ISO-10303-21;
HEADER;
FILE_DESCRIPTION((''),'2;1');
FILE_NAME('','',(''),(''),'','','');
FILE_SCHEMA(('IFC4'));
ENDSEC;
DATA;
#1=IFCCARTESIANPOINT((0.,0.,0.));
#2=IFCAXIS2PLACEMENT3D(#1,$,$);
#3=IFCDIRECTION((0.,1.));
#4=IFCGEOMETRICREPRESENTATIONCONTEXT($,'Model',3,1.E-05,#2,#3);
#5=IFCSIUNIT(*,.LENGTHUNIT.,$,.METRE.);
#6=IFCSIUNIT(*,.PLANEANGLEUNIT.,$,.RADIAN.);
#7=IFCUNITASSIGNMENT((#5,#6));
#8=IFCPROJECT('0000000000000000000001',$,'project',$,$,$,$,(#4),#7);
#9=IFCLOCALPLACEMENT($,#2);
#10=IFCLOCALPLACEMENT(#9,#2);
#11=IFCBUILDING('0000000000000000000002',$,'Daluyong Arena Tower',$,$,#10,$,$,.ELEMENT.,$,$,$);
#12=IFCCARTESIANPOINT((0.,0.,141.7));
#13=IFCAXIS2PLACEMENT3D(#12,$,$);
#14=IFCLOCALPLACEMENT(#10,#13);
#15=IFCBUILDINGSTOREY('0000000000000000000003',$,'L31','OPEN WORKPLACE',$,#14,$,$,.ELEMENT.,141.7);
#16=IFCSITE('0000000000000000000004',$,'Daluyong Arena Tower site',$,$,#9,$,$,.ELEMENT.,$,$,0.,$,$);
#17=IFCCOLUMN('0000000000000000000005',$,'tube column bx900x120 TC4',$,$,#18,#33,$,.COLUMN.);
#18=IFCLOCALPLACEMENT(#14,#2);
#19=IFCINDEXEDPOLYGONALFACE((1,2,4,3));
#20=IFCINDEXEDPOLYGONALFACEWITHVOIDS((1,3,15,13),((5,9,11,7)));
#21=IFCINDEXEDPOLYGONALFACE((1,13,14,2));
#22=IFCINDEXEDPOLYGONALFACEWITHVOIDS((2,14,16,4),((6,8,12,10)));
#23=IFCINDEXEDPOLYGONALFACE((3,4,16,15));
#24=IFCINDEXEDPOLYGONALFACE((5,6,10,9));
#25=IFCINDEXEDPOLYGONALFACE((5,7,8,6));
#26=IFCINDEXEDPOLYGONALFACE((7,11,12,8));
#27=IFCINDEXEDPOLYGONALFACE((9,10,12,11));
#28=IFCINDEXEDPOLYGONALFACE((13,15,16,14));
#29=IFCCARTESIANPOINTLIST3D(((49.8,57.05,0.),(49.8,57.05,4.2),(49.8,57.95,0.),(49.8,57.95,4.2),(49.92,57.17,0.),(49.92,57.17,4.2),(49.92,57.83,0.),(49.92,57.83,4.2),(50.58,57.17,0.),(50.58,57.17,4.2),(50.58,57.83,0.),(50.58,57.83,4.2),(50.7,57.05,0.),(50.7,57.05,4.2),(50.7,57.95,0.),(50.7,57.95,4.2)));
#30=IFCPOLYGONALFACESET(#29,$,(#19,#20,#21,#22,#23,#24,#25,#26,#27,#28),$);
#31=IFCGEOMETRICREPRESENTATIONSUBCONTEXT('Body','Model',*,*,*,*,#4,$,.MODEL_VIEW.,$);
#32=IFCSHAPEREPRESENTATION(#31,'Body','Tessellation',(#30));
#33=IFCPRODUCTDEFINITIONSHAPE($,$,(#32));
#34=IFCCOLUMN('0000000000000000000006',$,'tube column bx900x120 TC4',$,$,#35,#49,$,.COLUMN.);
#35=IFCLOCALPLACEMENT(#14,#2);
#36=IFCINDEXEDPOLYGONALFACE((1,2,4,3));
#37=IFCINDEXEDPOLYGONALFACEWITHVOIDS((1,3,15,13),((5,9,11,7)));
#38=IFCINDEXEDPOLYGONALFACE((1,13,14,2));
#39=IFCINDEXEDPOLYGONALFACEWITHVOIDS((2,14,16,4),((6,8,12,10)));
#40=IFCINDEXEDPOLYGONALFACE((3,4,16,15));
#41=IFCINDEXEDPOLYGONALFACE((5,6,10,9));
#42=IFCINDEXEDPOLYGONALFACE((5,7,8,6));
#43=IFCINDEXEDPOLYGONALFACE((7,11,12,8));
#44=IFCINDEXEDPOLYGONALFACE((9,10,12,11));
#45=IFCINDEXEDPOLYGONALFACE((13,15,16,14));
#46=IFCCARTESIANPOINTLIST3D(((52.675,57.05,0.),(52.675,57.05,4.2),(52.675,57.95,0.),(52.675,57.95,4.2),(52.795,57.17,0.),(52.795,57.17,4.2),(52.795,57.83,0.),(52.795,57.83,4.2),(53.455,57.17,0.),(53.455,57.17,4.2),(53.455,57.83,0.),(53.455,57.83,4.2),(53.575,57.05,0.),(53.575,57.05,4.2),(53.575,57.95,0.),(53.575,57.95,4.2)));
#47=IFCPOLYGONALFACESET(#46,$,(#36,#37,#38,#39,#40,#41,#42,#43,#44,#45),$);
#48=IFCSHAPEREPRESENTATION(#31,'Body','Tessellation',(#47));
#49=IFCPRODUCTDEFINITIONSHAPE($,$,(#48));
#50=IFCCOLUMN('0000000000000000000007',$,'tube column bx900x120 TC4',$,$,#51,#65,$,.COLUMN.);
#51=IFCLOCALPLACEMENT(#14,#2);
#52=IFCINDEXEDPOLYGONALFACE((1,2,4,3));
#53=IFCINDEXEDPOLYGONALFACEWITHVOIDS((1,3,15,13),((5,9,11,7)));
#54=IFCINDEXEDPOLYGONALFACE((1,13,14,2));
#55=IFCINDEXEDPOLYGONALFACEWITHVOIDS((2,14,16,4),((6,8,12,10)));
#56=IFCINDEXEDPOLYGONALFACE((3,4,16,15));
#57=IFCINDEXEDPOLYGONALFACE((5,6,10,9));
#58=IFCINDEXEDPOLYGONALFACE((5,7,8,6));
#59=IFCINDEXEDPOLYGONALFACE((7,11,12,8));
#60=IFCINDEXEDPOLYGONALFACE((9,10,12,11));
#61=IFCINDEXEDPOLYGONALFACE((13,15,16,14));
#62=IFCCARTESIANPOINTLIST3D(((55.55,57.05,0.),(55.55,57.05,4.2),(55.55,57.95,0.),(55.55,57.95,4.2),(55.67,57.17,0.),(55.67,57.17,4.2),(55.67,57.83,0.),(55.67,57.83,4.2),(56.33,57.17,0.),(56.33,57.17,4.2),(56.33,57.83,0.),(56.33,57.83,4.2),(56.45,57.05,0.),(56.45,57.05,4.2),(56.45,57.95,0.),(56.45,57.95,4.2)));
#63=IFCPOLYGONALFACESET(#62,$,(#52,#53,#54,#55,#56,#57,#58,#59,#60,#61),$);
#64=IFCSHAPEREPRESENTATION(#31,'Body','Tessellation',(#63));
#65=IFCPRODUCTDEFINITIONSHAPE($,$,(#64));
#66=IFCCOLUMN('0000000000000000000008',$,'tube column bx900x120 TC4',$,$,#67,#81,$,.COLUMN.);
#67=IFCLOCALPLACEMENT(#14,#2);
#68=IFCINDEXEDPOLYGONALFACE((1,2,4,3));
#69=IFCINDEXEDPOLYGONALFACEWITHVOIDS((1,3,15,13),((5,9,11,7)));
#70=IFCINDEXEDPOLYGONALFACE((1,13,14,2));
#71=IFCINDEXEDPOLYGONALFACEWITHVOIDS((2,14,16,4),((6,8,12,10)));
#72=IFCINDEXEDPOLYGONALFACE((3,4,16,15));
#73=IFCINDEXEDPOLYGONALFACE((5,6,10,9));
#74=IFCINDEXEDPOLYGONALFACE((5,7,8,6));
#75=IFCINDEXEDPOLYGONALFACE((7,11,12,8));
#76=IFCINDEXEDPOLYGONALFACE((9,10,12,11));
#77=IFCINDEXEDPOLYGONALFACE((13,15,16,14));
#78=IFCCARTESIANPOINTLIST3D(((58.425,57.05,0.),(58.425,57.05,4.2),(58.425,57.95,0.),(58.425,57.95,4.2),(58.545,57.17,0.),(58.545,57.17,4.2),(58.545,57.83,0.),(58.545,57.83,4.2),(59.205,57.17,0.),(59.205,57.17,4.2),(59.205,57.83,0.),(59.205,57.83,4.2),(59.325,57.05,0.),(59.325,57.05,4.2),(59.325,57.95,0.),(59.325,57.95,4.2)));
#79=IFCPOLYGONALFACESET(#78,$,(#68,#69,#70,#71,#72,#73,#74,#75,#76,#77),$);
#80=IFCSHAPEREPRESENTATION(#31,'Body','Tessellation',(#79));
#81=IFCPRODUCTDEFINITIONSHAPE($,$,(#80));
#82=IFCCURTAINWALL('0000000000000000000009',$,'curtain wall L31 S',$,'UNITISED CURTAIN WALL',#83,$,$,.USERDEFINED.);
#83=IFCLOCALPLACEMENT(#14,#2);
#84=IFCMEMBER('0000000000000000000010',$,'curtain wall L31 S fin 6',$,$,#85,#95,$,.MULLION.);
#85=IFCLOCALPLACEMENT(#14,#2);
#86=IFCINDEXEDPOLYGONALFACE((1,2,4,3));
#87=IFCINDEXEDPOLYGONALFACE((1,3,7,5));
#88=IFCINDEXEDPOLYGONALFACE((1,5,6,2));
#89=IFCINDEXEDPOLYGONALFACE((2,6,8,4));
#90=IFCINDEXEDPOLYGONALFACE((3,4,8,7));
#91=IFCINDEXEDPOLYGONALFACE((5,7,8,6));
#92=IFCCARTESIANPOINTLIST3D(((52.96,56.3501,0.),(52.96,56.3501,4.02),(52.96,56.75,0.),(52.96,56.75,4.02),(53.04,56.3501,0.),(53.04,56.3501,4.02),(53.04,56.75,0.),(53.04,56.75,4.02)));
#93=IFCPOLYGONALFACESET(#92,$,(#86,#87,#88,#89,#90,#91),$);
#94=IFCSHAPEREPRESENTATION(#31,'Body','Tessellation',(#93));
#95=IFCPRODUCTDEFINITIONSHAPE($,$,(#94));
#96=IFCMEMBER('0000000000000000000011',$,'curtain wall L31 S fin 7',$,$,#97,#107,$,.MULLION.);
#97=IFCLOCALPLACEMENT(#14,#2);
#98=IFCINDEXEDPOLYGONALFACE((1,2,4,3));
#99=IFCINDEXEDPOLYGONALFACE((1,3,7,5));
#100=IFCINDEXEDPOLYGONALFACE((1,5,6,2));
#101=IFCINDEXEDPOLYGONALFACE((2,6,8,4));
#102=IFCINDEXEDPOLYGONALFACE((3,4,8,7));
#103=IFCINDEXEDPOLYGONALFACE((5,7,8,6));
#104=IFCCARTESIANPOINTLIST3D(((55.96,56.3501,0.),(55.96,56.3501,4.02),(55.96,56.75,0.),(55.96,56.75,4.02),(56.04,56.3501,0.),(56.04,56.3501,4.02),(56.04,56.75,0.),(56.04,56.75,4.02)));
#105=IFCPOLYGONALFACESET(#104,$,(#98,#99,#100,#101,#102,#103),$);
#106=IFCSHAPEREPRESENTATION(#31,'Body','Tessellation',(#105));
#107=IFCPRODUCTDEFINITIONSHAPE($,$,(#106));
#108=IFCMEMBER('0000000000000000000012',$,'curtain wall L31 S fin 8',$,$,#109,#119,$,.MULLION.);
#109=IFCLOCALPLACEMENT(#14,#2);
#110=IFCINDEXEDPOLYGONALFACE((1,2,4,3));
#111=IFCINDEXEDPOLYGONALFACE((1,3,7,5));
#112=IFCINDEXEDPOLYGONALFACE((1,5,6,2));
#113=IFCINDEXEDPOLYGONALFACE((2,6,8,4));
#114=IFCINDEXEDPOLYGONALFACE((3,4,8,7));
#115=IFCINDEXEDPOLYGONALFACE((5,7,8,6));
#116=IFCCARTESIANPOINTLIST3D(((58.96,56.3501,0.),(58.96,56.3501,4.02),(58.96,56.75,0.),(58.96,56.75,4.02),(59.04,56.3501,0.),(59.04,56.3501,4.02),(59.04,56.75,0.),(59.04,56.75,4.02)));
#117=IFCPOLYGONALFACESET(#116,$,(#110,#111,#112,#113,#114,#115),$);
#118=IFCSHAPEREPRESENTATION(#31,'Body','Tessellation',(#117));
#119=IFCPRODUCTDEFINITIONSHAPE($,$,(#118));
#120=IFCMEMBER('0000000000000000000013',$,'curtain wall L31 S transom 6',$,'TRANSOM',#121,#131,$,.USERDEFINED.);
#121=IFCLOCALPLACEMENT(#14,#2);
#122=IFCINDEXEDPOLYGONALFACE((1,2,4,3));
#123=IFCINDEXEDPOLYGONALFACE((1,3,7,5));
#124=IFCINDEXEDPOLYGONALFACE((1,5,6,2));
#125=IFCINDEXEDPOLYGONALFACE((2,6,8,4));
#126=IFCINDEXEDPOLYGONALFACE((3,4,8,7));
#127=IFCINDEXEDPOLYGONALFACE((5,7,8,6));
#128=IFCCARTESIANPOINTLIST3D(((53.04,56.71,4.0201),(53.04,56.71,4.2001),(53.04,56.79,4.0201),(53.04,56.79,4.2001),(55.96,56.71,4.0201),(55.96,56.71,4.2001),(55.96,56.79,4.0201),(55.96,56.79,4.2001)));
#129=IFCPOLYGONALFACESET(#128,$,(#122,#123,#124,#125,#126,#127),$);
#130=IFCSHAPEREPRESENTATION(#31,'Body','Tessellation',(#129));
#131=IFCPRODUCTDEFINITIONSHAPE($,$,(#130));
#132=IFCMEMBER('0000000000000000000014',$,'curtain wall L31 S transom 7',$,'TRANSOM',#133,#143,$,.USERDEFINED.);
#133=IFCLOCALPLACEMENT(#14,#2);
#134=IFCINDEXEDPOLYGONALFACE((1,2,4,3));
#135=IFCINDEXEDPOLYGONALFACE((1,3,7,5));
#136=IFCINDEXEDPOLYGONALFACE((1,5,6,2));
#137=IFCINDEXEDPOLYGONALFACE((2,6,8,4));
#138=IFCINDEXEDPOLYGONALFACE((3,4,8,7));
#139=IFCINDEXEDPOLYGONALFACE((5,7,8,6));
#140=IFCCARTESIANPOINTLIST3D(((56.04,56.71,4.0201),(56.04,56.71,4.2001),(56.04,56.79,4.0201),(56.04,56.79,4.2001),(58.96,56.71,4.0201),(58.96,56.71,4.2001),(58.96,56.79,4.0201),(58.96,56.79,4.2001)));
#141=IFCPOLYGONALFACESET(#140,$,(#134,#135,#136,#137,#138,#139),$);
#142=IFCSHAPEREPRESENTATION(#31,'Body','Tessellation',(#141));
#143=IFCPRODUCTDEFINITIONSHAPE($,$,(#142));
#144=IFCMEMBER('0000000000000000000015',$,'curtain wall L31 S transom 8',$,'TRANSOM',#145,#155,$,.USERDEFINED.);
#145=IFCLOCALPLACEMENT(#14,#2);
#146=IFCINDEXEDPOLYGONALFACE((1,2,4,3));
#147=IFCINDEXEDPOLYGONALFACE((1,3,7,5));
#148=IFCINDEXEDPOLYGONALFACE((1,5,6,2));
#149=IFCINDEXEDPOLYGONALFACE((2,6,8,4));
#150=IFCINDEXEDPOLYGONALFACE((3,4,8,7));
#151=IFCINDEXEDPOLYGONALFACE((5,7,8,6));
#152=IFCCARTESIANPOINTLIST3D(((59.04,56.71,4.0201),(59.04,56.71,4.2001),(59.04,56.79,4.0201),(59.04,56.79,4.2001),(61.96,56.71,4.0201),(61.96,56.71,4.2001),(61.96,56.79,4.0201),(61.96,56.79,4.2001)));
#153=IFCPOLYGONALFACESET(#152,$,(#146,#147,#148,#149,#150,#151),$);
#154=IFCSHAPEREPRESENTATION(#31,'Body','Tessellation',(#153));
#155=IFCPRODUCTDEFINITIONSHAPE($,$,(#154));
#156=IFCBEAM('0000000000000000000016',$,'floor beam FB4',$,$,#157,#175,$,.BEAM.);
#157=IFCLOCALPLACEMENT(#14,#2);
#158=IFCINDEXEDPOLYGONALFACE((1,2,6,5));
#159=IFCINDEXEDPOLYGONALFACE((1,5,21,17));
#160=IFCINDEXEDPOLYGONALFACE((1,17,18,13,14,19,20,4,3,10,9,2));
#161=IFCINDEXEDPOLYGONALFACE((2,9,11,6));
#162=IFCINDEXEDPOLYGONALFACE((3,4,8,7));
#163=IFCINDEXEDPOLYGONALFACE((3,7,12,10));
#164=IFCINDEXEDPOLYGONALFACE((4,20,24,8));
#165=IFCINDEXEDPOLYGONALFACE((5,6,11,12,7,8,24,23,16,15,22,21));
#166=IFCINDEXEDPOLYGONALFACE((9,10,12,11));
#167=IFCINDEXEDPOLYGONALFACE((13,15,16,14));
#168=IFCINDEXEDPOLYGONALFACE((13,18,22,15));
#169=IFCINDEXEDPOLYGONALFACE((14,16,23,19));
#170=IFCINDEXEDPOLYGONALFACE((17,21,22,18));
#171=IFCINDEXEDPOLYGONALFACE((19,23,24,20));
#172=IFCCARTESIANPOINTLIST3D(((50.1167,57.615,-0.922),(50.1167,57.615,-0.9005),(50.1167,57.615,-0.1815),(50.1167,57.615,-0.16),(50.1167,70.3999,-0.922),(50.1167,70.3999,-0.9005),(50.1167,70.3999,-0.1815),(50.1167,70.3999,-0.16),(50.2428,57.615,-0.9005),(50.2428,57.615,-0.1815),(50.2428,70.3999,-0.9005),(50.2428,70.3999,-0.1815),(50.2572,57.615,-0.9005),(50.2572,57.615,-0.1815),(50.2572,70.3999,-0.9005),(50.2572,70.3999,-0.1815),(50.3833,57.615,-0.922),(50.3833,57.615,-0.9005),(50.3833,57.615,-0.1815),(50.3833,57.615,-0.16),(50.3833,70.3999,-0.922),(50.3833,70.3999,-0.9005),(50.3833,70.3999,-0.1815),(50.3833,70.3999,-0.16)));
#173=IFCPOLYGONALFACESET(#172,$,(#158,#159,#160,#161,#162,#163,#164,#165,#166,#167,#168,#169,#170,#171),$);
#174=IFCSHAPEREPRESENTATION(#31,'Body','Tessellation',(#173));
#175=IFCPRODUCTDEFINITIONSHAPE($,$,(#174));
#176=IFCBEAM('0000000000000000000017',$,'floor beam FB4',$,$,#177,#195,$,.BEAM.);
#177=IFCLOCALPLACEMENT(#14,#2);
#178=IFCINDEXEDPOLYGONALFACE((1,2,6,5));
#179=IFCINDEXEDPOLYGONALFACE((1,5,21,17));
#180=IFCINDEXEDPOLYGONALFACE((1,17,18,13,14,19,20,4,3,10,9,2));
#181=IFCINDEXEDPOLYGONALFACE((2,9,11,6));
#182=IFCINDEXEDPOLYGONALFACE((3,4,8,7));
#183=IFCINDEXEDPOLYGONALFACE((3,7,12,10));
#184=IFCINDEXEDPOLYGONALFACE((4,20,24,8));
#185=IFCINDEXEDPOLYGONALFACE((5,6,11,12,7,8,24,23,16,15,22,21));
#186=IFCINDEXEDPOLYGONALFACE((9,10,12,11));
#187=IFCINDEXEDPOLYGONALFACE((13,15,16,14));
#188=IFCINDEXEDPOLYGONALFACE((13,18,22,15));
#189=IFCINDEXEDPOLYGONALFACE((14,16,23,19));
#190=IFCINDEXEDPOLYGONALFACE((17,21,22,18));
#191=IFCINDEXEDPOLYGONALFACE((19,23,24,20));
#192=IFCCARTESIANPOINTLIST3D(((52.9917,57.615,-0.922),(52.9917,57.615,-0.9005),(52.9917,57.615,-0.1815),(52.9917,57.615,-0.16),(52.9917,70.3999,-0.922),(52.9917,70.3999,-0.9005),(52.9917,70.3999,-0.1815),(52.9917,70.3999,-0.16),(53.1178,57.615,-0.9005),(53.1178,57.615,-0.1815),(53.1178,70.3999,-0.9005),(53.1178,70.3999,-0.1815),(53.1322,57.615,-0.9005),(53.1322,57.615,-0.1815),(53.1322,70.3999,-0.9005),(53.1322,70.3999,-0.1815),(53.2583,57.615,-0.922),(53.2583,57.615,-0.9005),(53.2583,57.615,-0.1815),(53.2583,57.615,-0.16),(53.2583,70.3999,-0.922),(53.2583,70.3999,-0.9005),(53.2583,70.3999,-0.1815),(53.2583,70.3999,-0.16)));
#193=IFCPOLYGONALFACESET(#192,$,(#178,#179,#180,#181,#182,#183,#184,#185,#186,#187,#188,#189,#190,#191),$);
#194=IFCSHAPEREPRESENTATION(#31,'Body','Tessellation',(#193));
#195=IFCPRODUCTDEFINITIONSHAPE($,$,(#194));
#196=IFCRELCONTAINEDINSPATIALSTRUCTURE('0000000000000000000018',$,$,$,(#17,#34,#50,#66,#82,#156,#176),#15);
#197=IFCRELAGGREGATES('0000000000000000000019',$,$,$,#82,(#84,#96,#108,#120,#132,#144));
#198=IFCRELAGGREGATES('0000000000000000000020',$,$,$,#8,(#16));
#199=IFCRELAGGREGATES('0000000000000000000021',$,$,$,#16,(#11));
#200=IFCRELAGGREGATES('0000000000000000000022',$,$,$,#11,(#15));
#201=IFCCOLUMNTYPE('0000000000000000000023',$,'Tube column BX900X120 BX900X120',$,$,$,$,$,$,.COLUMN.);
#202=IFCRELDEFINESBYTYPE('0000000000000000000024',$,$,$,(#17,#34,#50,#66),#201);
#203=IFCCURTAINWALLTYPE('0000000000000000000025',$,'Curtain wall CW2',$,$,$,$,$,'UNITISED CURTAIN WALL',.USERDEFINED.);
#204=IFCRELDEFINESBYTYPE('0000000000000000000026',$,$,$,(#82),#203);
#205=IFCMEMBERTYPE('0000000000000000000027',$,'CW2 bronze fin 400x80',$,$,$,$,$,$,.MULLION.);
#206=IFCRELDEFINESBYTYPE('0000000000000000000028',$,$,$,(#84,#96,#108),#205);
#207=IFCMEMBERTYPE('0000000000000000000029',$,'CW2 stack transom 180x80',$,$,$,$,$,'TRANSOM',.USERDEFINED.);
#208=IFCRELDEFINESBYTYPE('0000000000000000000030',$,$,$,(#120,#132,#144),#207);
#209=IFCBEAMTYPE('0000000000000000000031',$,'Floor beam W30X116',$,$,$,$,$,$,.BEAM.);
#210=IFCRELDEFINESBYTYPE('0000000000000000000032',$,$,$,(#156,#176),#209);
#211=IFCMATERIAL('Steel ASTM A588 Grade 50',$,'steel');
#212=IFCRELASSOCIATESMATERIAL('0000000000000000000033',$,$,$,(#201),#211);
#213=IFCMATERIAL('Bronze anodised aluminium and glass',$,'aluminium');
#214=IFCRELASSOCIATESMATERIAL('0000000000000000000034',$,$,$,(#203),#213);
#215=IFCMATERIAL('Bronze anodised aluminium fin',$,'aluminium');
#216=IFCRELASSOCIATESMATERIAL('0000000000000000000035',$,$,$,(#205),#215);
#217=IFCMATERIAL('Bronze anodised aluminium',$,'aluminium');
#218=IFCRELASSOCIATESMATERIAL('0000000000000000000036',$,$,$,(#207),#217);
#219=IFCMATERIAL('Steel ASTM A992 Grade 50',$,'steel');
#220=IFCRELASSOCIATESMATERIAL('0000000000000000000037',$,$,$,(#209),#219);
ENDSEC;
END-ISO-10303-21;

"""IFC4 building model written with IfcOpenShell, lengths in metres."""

from ifc_helpers import new_model, si_unit, direction, frame, origin, origin_2d, place, context, subcontext, project, spatial, rectangle, hollow_rectangle, i_section, extrude, material, material_profile, profile_set, type_object, element, aggregate, save


model = new_model("IFC4")

# Units and contexts
model_context = context("Model", 3, precision=1e-05, world=origin(), true_north=direction((0.0, 1.0)))
body_context = subcontext(model_context, "Body", "Model", "MODEL_VIEW")
ifc_project = project(units=[si_unit("LENGTHUNIT", "METRE"), si_unit("PLANEANGLEUNIT", "RADIAN")], contexts=[model_context])

# Site, building, storey
site_placement = place(None, origin())
site = spatial("IfcSite", under=ifc_project, at=site_placement, Name="Daluyong Arena Tower site", CompositionType="ELEMENT", RefElevation=0.0)
building_placement = place(site_placement, origin())
building = spatial("IfcBuilding", under=site, at=building_placement, Name="Daluyong Arena Tower", CompositionType="ELEMENT")
storey_placement = place(building_placement, frame((0.0, 0.0, 141.7)))
storey = spatial("IfcBuildingStorey", under=building, at=storey_placement, Name="L31", Description="OPEN WORKPLACE", CompositionType="ELEMENT", Elevation=141.7)

# Columns
ifc_material_1 = material(Name="Steel ASTM A588 Grade 50", Category="steel")
ifc_material_profile_1 = material_profile(ifc_material_1, hollow_rectangle(XDim=0.8999, YDim=0.8999, WallThickness=0.12, at=origin_2d()))
ifc_profile_set_1 = profile_set([ifc_material_profile_1], Name="Steel ASTM A588 Grade 50")
column_type = type_object("IfcColumnType", Name="Tube column BX900X120 BX900X120", PredefinedType="COLUMN", material=ifc_profile_set_1)
for number, where, z_axis, x_axis, name in (
    (1, (50.25, 57.5, 0.0), (0.0, 0.0, 1.0), (1.0, 0.0, 0.0), "tube column bx900x120 TC4"),
    (2, (53.125, 57.5, 0.0), (0.0, 0.0, 1.0), (1.0, 0.0, 0.0), "tube column bx900x120 TC4"),
    (3, (56.0, 57.5, 0.0), (0.0, 0.0, 1.0), (1.0, 0.0, 0.0), "tube column bx900x120 TC4"),
    (4, (58.875, 57.5, 0.0), (0.0, 0.0, 1.0), (1.0, 0.0, 0.0), "tube column bx900x120 TC4"),
):
    element("IfcColumn", number, at=place(storey_placement, frame(where, z_axis=z_axis, x_axis=x_axis)), inside=storey, type_object=column_type, Name=name, PredefinedType="COLUMN", context=body_context, shape_type="SweptSolid", body=[
        extrude(hollow_rectangle(XDim=0.8999, YDim=0.8999, WallThickness=0.12, at=origin_2d()), origin(), (0.0, 0.0, 1.0), 4.2),
    ])

# Curtain wall, members
ifc_material_2 = material(Name="Bronze anodised aluminium and glass", Category="aluminium")
curtain_wall_type = type_object("IfcCurtainWallType", Name="Curtain wall CW2", ElementType="UNITISED CURTAIN WALL", PredefinedType="USERDEFINED", material=ifc_material_2)
curtain_wall_placement = place(storey_placement, origin())
curtain_wall = element("IfcCurtainWall", 5, at=curtain_wall_placement, inside=storey, type_object=curtain_wall_type, Name="curtain wall L31 S", ObjectType="UNITISED CURTAIN WALL", PredefinedType="USERDEFINED")
ifc_material_3 = material(Name="Bronze anodised aluminium fin", Category="aluminium")
ifc_material_profile_2 = material_profile(ifc_material_3, rectangle(XDim=0.3999, YDim=0.0801, at=origin_2d()))
ifc_profile_set_2 = profile_set([ifc_material_profile_2], Name="Bronze anodised aluminium fin")
member_type_1 = type_object("IfcMemberType", Name="CW2 bronze fin 400x80", PredefinedType="MULLION", material=ifc_profile_set_2)
member_1_placement = place(storey_placement, frame((53.0, 56.55, 0.0), z_axis=(0.0, 0.0, 1.0), x_axis=(0.0, 1.0, 0.0)))
member_1 = element("IfcMember", 6, at=member_1_placement, type_object=member_type_1, Name="curtain wall L31 S fin 6", PredefinedType="MULLION", context=body_context, shape_type="SweptSolid", body=[
    extrude(rectangle(XDim=0.3999, YDim=0.0801, at=origin_2d()), origin(), (0.0, 0.0, 1.0), 4.02),
])
member_2_placement = place(storey_placement, frame((56.0, 56.55, 0.0), z_axis=(0.0, 0.0, 1.0), x_axis=(0.0, 1.0, 0.0)))
member_2 = element("IfcMember", 7, at=member_2_placement, type_object=member_type_1, Name="curtain wall L31 S fin 7", PredefinedType="MULLION", context=body_context, shape_type="SweptSolid", body=[
    extrude(rectangle(XDim=0.3999, YDim=0.0801, at=origin_2d()), origin(), (0.0, 0.0, 1.0), 4.02),
])
member_3_placement = place(storey_placement, frame((59.0, 56.55, 0.0), z_axis=(0.0, 0.0, 1.0), x_axis=(0.0, 1.0, 0.0)))
member_3 = element("IfcMember", 8, at=member_3_placement, type_object=member_type_1, Name="curtain wall L31 S fin 8", PredefinedType="MULLION", context=body_context, shape_type="SweptSolid", body=[
    extrude(rectangle(XDim=0.3999, YDim=0.0801, at=origin_2d()), origin(), (0.0, 0.0, 1.0), 4.02),
])
ifc_material_4 = material(Name="Bronze anodised aluminium", Category="aluminium")
ifc_material_profile_3 = material_profile(ifc_material_4, rectangle(XDim=0.0801, YDim=0.1799, at=origin_2d()))
ifc_profile_set_3 = profile_set([ifc_material_profile_3], Name="Bronze anodised aluminium")
member_type_2 = type_object("IfcMemberType", Name="CW2 stack transom 180x80", ElementType="TRANSOM", PredefinedType="USERDEFINED", material=ifc_profile_set_3)
member_4_placement = place(storey_placement, frame((53.04, 56.75, 4.1101), z_axis=(1.0, 0.0, 0.0), x_axis=(0.0, 1.0, 0.0)))
member_4 = element("IfcMember", 9, at=member_4_placement, type_object=member_type_2, Name="curtain wall L31 S transom 6", ObjectType="TRANSOM", PredefinedType="USERDEFINED", context=body_context, shape_type="SweptSolid", body=[
    extrude(rectangle(XDim=0.0801, YDim=0.1799, at=origin_2d()), origin(), (0.0, 0.0, 1.0), 2.9199),
])
member_5_placement = place(storey_placement, frame((56.04, 56.75, 4.1101), z_axis=(1.0, 0.0, 0.0), x_axis=(0.0, 1.0, 0.0)))
member_5 = element("IfcMember", 10, at=member_5_placement, type_object=member_type_2, Name="curtain wall L31 S transom 7", ObjectType="TRANSOM", PredefinedType="USERDEFINED", context=body_context, shape_type="SweptSolid", body=[
    extrude(rectangle(XDim=0.0801, YDim=0.1799, at=origin_2d()), origin(), (0.0, 0.0, 1.0), 2.9199),
])
member_6_placement = place(storey_placement, frame((59.04, 56.75, 4.1101), z_axis=(1.0, 0.0, 0.0), x_axis=(0.0, 1.0, 0.0)))
member_6 = element("IfcMember", 11, at=member_6_placement, type_object=member_type_2, Name="curtain wall L31 S transom 8", ObjectType="TRANSOM", PredefinedType="USERDEFINED", context=body_context, shape_type="SweptSolid", body=[
    extrude(rectangle(XDim=0.0801, YDim=0.1799, at=origin_2d()), origin(), (0.0, 0.0, 1.0), 2.9199),
])

# Beams
ifc_material_5 = material(Name="Steel ASTM A992 Grade 50", Category="steel")
ifc_material_profile_4 = material_profile(ifc_material_5, i_section(OverallWidth=0.2666, OverallDepth=0.762, WebThickness=0.0144, FlangeThickness=0.0215, at=origin_2d()))
ifc_profile_set_4 = profile_set([ifc_material_profile_4], Name="Steel ASTM A992 Grade 50")
beam_type_1 = type_object("IfcBeamType", Name="Floor beam W30X116", PredefinedType="BEAM", material=ifc_profile_set_4)
for number, where, z_axis, x_axis, name in (
    (12, (50.25, 57.615, -0.541), (0.0, 1.0, 0.0), (-1.0, 0.0, 0.0), "floor beam FB4"),
    (13, (53.125, 57.615, -0.541), (0.0, 1.0, 0.0), (-1.0, 0.0, 0.0), "floor beam FB4"),
):
    element("IfcBeam", number, at=place(storey_placement, frame(where, z_axis=z_axis, x_axis=x_axis)), inside=storey, type_object=beam_type_1, Name=name, PredefinedType="BEAM", context=body_context, shape_type="SweptSolid", body=[
        extrude(i_section(OverallWidth=0.2666, OverallDepth=0.762, WebThickness=0.0144, FlangeThickness=0.0215, at=origin_2d()), origin(), (0.0, 0.0, 1.0), 12.7849),
    ])

aggregate(curtain_wall, [member_1, member_2, member_3, member_4, member_5, member_6])

save(model, "model.ifc")
